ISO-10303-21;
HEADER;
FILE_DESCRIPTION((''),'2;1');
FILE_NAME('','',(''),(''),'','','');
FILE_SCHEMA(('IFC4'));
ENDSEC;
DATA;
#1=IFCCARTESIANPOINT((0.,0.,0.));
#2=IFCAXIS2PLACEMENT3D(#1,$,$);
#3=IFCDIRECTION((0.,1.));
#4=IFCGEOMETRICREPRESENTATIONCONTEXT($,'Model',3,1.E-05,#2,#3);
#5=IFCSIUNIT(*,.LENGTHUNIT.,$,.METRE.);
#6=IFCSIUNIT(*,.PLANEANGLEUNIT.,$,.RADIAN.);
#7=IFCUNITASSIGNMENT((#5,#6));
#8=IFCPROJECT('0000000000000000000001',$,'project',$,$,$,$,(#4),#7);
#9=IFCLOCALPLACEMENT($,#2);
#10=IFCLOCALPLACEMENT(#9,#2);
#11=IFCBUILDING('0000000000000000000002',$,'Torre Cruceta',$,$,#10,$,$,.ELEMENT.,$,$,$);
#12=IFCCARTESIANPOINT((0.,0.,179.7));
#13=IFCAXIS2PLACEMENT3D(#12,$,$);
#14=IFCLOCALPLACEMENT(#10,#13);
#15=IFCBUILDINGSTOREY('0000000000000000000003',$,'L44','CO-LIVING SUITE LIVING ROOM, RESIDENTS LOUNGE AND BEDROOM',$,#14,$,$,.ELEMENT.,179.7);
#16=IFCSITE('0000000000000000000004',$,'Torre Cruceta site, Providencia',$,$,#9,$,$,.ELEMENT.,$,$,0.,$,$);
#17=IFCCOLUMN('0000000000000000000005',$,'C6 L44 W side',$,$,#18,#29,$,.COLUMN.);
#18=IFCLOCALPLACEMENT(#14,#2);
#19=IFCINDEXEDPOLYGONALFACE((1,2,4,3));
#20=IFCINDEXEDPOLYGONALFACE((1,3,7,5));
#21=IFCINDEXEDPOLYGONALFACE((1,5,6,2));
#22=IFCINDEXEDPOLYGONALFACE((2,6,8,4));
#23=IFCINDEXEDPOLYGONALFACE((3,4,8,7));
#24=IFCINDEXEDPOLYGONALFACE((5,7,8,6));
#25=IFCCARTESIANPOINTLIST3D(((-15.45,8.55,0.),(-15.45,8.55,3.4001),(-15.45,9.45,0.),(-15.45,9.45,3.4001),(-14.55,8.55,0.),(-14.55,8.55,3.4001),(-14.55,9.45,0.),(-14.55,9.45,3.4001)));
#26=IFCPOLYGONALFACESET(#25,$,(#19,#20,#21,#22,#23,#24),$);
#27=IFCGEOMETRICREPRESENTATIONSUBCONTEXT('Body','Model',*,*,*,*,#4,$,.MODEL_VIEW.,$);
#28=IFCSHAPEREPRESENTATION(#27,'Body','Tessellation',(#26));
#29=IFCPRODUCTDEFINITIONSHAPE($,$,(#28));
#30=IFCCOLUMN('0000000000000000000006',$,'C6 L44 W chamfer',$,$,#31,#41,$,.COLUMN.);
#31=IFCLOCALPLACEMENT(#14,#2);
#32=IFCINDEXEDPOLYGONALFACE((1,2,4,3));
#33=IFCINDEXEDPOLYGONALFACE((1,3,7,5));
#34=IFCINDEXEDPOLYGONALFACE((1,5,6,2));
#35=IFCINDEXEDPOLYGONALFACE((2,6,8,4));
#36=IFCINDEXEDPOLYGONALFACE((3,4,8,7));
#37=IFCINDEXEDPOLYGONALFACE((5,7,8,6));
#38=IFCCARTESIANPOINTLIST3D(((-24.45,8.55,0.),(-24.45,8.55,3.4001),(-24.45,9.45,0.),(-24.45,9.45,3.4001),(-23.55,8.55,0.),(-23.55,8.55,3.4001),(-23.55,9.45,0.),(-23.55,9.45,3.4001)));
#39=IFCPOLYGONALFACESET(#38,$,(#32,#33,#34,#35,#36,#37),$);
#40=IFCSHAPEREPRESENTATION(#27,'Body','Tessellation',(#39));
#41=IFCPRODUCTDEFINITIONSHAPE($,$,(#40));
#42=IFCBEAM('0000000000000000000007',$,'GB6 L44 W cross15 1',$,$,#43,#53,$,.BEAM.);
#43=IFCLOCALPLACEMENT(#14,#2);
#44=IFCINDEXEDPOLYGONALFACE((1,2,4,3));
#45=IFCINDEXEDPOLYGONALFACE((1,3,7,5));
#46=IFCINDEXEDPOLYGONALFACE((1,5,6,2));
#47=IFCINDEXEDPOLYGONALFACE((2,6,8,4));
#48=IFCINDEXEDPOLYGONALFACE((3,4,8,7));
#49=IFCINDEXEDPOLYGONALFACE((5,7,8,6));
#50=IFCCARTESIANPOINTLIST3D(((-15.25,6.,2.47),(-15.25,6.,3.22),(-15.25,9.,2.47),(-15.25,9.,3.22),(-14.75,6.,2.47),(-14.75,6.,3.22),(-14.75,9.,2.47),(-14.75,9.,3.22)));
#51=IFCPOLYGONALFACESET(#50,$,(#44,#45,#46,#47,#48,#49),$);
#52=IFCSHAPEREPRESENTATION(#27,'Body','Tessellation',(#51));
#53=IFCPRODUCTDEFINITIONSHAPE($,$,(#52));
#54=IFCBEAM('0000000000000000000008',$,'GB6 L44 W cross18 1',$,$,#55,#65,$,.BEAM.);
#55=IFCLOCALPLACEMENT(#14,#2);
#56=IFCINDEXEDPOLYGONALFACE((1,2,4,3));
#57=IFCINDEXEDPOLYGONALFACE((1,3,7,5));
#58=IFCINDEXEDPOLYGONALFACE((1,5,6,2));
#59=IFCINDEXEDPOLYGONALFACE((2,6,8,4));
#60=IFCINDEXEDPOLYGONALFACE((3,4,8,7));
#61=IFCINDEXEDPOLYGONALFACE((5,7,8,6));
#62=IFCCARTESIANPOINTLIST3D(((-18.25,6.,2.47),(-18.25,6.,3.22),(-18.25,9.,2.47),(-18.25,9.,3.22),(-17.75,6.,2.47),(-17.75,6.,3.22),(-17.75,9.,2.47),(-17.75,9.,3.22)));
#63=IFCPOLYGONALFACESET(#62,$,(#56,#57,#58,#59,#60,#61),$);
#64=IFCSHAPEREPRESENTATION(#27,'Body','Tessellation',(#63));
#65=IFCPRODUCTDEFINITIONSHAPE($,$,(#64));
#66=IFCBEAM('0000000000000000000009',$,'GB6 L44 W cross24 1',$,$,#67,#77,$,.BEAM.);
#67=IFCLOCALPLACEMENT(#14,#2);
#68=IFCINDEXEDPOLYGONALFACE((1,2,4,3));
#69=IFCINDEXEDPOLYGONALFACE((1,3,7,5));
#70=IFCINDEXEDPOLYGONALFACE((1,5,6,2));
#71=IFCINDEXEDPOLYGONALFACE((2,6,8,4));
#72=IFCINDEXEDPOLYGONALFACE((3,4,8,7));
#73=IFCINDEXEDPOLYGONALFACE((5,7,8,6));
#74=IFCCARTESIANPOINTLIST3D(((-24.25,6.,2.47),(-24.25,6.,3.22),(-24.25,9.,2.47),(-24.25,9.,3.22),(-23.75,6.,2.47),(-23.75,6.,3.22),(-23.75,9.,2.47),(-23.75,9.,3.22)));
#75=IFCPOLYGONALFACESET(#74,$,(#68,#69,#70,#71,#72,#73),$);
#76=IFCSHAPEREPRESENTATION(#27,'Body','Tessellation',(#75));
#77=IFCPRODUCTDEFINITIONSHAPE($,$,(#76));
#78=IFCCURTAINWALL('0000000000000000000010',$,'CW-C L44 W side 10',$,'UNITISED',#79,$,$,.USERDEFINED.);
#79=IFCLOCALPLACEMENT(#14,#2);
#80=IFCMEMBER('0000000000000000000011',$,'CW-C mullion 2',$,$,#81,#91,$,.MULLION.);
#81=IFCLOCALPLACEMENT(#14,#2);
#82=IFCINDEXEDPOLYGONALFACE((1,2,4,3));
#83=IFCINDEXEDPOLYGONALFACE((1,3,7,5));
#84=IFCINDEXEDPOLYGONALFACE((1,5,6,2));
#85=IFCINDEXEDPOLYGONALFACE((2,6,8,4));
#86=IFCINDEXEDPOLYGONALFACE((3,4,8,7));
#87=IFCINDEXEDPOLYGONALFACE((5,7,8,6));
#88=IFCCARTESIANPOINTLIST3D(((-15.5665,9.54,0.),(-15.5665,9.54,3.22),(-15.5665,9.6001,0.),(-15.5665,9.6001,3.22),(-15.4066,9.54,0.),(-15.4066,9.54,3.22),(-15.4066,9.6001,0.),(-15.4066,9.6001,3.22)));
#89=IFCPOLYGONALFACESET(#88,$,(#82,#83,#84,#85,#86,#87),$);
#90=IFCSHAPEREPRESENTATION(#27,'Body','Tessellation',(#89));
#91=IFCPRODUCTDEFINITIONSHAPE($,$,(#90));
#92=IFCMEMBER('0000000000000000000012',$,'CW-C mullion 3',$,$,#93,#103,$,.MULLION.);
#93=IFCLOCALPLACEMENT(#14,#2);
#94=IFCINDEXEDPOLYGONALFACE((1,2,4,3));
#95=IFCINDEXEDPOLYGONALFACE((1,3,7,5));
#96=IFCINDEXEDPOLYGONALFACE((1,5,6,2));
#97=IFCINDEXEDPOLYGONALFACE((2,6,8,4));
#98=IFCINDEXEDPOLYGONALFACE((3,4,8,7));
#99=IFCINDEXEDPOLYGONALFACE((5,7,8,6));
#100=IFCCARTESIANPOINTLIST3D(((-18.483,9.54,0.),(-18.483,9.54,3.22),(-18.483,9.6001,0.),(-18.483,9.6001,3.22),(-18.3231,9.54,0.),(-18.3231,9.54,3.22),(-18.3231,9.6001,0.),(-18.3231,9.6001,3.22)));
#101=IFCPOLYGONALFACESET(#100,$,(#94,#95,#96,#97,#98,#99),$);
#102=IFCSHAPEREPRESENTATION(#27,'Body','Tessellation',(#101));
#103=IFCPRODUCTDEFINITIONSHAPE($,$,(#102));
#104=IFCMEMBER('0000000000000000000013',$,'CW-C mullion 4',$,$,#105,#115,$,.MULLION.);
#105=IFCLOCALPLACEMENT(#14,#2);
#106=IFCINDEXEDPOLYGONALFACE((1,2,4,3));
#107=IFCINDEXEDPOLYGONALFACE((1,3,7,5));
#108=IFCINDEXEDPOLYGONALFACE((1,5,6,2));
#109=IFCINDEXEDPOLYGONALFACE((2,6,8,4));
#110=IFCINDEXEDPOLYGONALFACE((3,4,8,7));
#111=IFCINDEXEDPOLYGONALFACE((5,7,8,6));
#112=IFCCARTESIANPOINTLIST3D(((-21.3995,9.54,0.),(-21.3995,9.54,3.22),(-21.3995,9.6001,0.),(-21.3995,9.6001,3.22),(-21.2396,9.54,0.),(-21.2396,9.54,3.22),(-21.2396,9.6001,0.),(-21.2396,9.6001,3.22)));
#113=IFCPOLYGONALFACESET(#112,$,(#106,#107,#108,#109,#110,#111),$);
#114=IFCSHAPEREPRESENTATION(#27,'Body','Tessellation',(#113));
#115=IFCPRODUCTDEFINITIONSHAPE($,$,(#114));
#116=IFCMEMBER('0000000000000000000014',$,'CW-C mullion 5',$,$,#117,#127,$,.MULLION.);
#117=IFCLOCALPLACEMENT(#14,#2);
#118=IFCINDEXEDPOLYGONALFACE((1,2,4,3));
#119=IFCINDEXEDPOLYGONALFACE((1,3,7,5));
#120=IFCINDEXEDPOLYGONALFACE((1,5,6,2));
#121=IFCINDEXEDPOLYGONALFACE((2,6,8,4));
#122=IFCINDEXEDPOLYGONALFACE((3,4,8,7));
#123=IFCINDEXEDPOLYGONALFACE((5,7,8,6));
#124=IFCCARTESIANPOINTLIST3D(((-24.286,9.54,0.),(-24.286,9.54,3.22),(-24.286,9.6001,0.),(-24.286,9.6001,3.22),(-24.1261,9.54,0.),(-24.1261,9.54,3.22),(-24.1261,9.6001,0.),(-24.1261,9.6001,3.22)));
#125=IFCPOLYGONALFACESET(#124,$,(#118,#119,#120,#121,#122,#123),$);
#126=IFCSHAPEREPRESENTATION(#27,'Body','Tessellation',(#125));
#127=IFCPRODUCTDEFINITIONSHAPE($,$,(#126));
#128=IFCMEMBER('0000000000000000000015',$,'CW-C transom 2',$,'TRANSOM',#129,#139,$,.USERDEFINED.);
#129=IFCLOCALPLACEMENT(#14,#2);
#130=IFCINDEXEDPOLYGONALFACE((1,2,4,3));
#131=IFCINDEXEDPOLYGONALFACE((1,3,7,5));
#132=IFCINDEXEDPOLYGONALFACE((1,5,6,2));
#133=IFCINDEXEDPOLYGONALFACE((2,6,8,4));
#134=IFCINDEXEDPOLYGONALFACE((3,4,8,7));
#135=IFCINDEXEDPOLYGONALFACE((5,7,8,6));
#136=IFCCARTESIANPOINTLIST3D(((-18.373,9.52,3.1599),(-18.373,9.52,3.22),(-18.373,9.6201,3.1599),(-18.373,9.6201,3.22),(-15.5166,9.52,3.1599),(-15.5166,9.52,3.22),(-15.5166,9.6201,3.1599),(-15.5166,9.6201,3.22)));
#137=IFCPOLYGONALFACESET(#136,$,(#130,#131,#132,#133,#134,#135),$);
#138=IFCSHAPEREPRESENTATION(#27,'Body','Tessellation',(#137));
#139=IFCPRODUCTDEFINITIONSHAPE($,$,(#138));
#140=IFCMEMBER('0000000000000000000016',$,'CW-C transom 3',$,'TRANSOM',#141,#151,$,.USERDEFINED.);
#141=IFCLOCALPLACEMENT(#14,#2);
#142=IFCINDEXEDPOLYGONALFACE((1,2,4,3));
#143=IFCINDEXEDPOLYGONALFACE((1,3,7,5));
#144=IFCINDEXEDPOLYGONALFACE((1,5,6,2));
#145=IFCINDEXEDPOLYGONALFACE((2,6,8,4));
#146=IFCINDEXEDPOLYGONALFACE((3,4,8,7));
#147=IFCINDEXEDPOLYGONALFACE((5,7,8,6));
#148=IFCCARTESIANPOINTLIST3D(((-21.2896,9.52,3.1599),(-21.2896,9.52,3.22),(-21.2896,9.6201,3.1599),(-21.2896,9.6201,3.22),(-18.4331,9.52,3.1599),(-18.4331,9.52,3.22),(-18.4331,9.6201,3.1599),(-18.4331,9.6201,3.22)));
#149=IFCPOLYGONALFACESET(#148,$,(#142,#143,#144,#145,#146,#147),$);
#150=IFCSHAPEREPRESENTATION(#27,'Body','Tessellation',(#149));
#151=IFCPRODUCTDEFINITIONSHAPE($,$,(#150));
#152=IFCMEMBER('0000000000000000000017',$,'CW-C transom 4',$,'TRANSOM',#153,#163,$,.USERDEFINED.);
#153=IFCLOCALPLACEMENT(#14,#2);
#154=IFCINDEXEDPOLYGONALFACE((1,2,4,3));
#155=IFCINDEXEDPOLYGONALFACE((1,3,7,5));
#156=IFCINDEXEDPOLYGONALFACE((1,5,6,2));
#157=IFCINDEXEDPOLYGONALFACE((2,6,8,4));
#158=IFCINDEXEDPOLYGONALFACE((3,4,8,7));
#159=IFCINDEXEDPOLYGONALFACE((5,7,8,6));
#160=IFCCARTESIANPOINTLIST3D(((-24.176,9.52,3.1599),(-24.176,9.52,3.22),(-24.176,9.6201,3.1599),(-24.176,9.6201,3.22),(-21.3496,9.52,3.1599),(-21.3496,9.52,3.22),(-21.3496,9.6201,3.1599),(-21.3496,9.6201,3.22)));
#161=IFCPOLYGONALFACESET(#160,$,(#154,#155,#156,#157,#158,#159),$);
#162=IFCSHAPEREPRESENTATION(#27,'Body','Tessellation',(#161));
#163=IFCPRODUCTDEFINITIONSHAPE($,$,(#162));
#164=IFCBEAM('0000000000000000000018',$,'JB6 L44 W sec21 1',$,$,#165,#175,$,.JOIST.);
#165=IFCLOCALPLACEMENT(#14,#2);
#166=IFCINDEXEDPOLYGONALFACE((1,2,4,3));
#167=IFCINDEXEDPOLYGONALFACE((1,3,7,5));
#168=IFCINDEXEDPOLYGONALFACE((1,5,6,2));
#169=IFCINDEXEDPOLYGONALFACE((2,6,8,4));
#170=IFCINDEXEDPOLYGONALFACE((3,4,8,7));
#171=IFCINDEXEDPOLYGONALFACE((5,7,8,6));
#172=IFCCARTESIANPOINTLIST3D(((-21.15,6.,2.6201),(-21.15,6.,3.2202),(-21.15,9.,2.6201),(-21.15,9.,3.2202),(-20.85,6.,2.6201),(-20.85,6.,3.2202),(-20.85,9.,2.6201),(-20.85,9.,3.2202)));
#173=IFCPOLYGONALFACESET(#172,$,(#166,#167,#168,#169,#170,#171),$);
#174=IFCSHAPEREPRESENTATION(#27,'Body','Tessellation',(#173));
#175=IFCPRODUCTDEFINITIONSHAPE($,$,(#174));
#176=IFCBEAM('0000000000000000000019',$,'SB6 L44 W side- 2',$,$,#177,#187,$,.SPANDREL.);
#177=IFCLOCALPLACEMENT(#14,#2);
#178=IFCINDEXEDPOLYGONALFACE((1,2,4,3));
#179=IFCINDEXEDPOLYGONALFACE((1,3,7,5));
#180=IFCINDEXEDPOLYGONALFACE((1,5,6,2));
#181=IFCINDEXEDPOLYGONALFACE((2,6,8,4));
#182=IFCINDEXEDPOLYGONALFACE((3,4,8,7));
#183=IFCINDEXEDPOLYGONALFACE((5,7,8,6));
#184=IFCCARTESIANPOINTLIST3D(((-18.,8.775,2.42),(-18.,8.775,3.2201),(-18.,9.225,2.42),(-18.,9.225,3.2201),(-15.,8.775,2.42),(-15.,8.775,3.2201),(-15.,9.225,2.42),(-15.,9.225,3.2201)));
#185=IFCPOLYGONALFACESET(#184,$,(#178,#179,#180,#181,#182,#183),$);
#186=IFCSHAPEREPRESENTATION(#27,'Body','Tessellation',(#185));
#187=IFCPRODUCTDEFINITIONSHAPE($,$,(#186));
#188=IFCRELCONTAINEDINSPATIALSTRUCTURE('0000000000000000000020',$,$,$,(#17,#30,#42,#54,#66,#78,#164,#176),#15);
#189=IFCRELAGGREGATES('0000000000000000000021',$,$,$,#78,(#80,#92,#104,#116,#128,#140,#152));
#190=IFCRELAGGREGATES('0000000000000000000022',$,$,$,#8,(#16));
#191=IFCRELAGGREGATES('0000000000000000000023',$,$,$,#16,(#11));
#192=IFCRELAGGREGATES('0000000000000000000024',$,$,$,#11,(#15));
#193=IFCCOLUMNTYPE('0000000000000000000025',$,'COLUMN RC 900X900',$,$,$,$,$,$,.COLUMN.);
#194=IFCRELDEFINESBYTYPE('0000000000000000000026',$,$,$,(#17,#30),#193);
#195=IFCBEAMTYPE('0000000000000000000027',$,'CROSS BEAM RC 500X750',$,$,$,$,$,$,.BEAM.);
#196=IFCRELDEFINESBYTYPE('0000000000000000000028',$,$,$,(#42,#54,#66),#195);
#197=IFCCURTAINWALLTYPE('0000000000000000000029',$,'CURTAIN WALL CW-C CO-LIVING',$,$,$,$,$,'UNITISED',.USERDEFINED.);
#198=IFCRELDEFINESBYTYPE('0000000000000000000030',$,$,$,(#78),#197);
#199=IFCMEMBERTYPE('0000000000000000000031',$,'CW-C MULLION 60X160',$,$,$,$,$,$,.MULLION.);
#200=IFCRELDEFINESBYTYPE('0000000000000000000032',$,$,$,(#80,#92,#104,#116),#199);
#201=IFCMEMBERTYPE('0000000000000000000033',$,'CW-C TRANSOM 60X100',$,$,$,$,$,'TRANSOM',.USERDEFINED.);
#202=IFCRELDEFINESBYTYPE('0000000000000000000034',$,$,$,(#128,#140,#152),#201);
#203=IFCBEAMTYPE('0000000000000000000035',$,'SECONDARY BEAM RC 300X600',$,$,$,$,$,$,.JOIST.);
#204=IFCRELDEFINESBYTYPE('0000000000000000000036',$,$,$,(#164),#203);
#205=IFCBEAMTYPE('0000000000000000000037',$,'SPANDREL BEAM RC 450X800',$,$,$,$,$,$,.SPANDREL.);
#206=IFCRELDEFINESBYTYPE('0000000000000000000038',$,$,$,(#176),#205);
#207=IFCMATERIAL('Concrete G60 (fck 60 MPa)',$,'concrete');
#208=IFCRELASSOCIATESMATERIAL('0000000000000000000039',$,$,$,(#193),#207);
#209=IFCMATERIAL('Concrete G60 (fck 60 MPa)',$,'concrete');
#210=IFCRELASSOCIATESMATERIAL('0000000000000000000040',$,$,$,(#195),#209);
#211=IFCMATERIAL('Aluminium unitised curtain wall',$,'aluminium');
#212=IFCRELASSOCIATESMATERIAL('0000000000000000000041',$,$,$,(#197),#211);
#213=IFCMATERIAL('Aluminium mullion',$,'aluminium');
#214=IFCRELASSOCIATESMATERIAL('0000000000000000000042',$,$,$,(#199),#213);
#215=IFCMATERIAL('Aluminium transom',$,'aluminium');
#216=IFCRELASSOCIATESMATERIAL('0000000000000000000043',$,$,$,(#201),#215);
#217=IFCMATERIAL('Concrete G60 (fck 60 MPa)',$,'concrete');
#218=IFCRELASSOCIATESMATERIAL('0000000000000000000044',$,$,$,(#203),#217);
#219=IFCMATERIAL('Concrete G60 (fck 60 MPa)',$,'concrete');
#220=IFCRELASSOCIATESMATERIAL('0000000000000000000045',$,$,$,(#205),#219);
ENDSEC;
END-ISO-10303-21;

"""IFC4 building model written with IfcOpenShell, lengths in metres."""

from ifc_helpers import new_model, si_unit, direction, frame, origin, origin_2d, place, context, subcontext, project, spatial, rectangle, extrude, material, material_profile, profile_set, type_object, element, aggregate, save


model = new_model("IFC4")

# Units and contexts
model_context = context("Model", 3, precision=1e-05, world=origin(), true_north=direction((0.0, 1.0)))
body_context = subcontext(model_context, "Body", "Model", "MODEL_VIEW")
ifc_project = project(units=[si_unit("LENGTHUNIT", "METRE"), si_unit("PLANEANGLEUNIT", "RADIAN")], contexts=[model_context])

# Site, building, storey
site_placement = place(None, origin())
site = spatial("IfcSite", under=ifc_project, at=site_placement, Name="Torre Cruceta site, Providencia", CompositionType="ELEMENT", RefElevation=0.0)
building_placement = place(site_placement, origin())
building = spatial("IfcBuilding", under=site, at=building_placement, Name="Torre Cruceta", CompositionType="ELEMENT")
storey_placement = place(building_placement, frame((0.0, 0.0, 179.7)))
storey = spatial("IfcBuildingStorey", under=building, at=storey_placement, Name="L44", Description="CO-LIVING SUITE LIVING ROOM, RESIDENTS LOUNGE AND BEDROOM", CompositionType="ELEMENT", Elevation=179.7)

# Columns
ifc_material_1 = material(Name="Concrete G60 (fck 60 MPa)", Category="concrete")
ifc_material_profile_1 = material_profile(ifc_material_1, rectangle(XDim=0.8999, YDim=0.8999, at=origin_2d()), Name="RC 900X900")
ifc_profile_set_1 = profile_set([ifc_material_profile_1], Name="Concrete G60 (fck 60 MPa)")
column_type = type_object("IfcColumnType", Name="COLUMN RC 900X900", PredefinedType="COLUMN", material=ifc_profile_set_1)
for number, where, z_axis, x_axis, name in (
    (1, (-15.0, 9.0, 0.0), (0.0, 0.0, 1.0), (1.0, 0.0, 0.0), "C6 L44 W side"),
    (2, (-24.0, 9.0, 0.0), (0.0, 0.0, 1.0), (1.0, 0.0, 0.0), "C6 L44 W chamfer"),
):
    element("IfcColumn", number, at=place(storey_placement, frame(where, z_axis=z_axis, x_axis=x_axis)), inside=storey, type_object=column_type, Name=name, PredefinedType="COLUMN", context=body_context, shape_type="SweptSolid", body=[
        extrude(rectangle(XDim=0.8999, YDim=0.8999, at=origin_2d()), origin(), (0.0, 0.0, 1.0), 3.4001),
    ])

# Beams
ifc_material_2 = material(Name="Concrete G60 (fck 60 MPa)", Category="concrete")
ifc_material_profile_2 = material_profile(ifc_material_2, rectangle(XDim=0.5, YDim=0.75, at=origin_2d()), Name="RC 500X750")
ifc_profile_set_2 = profile_set([ifc_material_profile_2], Name="Concrete G60 (fck 60 MPa)")
beam_type_1 = type_object("IfcBeamType", Name="CROSS BEAM RC 500X750", PredefinedType="BEAM", material=ifc_profile_set_2)
for number, where, z_axis, x_axis, name in (
    (3, (-15.0, 9.0, 2.845), (0.0, -1.0, 0.0), (1.0, 0.0, 0.0), "GB6 L44 W cross15 1"),
    (4, (-18.0, 9.0, 2.845), (0.0, -1.0, 0.0), (1.0, 0.0, 0.0), "GB6 L44 W cross18 1"),
    (5, (-24.0, 9.0, 2.845), (0.0, -1.0, 0.0), (1.0, 0.0, 0.0), "GB6 L44 W cross24 1"),
):
    element("IfcBeam", number, at=place(storey_placement, frame(where, z_axis=z_axis, x_axis=x_axis)), inside=storey, type_object=beam_type_1, Name=name, PredefinedType="BEAM", context=body_context, shape_type="SweptSolid", body=[
        extrude(rectangle(XDim=0.5, YDim=0.75, at=origin_2d()), origin(), (0.0, 0.0, 1.0), 3.0),
    ])

# Curtain wall, members
ifc_material_3 = material(Name="Aluminium unitised curtain wall", Category="aluminium")
curtain_wall_type = type_object("IfcCurtainWallType", Name="CURTAIN WALL CW-C CO-LIVING", ElementType="UNITISED", PredefinedType="USERDEFINED", material=ifc_material_3)
curtain_wall_placement = place(storey_placement, origin())
curtain_wall = element("IfcCurtainWall", 6, at=curtain_wall_placement, inside=storey, type_object=curtain_wall_type, Name="CW-C L44 W side 10", ObjectType="UNITISED", PredefinedType="USERDEFINED")
ifc_material_4 = material(Name="Aluminium mullion", Category="aluminium")
ifc_material_profile_3 = material_profile(ifc_material_4, rectangle(XDim=0.0601, YDim=0.1599, at=origin_2d()), Name="AL 60X160")
ifc_profile_set_3 = profile_set([ifc_material_profile_3], Name="Aluminium mullion")
member_type_1 = type_object("IfcMemberType", Name="CW-C MULLION 60X160", PredefinedType="MULLION", material=ifc_profile_set_3)
member_1_placement = place(storey_placement, frame((-15.4866, 9.5701, 0.0), z_axis=(0.0, 0.0, 1.0), x_axis=(0.0, -1.0, 0.0)))
member_1 = element("IfcMember", 7, at=member_1_placement, type_object=member_type_1, Name="CW-C mullion 2", PredefinedType="MULLION", context=body_context, shape_type="SweptSolid", body=[
    extrude(rectangle(XDim=0.0601, YDim=0.1599, at=origin_2d()), origin(), (0.0, 0.0, 1.0), 3.22),
])
member_2_placement = place(storey_placement, frame((-18.4031, 9.5701, 0.0), z_axis=(0.0, 0.0, 1.0), x_axis=(0.0, -1.0, 0.0)))
member_2 = element("IfcMember", 8, at=member_2_placement, type_object=member_type_1, Name="CW-C mullion 3", PredefinedType="MULLION", context=body_context, shape_type="SweptSolid", body=[
    extrude(rectangle(XDim=0.0601, YDim=0.1599, at=origin_2d()), origin(), (0.0, 0.0, 1.0), 3.22),
])
member_3_placement = place(storey_placement, frame((-21.3196, 9.5701, 0.0), z_axis=(0.0, 0.0, 1.0), x_axis=(0.0, -1.0, 0.0)))
member_3 = element("IfcMember", 9, at=member_3_placement, type_object=member_type_1, Name="CW-C mullion 4", PredefinedType="MULLION", context=body_context, shape_type="SweptSolid", body=[
    extrude(rectangle(XDim=0.0601, YDim=0.1599, at=origin_2d()), origin(), (0.0, 0.0, 1.0), 3.22),
])
member_4_placement = place(storey_placement, frame((-24.2061, 9.5701, 0.0), z_axis=(0.0, 0.0, 1.0), x_axis=(0.0, -1.0, 0.0)))
member_4 = element("IfcMember", 10, at=member_4_placement, type_object=member_type_1, Name="CW-C mullion 5", PredefinedType="MULLION", context=body_context, shape_type="SweptSolid", body=[
    extrude(rectangle(XDim=0.0601, YDim=0.1599, at=origin_2d()), origin(), (0.0, 0.0, 1.0), 3.22),
])
ifc_material_5 = material(Name="Aluminium transom", Category="aluminium")
ifc_material_profile_4 = material_profile(ifc_material_5, rectangle(XDim=0.1001, YDim=0.0601, at=origin_2d()), Name="AL 100X60")
ifc_profile_set_4 = profile_set([ifc_material_profile_4], Name="Aluminium transom")
member_type_2 = type_object("IfcMemberType", Name="CW-C TRANSOM 60X100", ElementType="TRANSOM", PredefinedType="USERDEFINED", material=ifc_profile_set_4)
member_5_placement = place(storey_placement, frame((-15.5166, 9.5701, 3.1899), z_axis=(-1.0, 0.0, 0.0), x_axis=(0.0, -1.0, 0.0)))
member_5 = element("IfcMember", 11, at=member_5_placement, type_object=member_type_2, Name="CW-C transom 2", ObjectType="TRANSOM", PredefinedType="USERDEFINED", context=body_context, shape_type="SweptSolid", body=[
    extrude(rectangle(XDim=0.1001, YDim=0.0601, at=origin_2d()), origin(), (0.0, 0.0, 1.0), 2.8564),
])
member_6_placement = place(storey_placement, frame((-18.4331, 9.5701, 3.1899), z_axis=(-1.0, 0.0, 0.0), x_axis=(0.0, -1.0, 0.0)))
member_6 = element("IfcMember", 12, at=member_6_placement, type_object=member_type_2, Name="CW-C transom 3", ObjectType="TRANSOM", PredefinedType="USERDEFINED", context=body_context, shape_type="SweptSolid", body=[
    extrude(rectangle(XDim=0.1001, YDim=0.0601, at=origin_2d()), origin(), (0.0, 0.0, 1.0), 2.8564),
])
member_7_placement = place(storey_placement, frame((-21.3496, 9.5701, 3.1899), z_axis=(-1.0, 0.0, 0.0), x_axis=(0.0, -1.0, 0.0)))
member_7 = element("IfcMember", 13, at=member_7_placement, type_object=member_type_2, Name="CW-C transom 4", ObjectType="TRANSOM", PredefinedType="USERDEFINED", context=body_context, shape_type="SweptSolid", body=[
    extrude(rectangle(XDim=0.1001, YDim=0.0601, at=origin_2d()), origin(), (0.0, 0.0, 1.0), 2.8264),
])

# Beams
ifc_material_6 = material(Name="Concrete G60 (fck 60 MPa)", Category="concrete")
ifc_material_profile_5 = material_profile(ifc_material_6, rectangle(XDim=0.3, YDim=0.6001, at=origin_2d()), Name="RC 300X600")
ifc_profile_set_5 = profile_set([ifc_material_profile_5], Name="Concrete G60 (fck 60 MPa)")
beam_type_2 = type_object("IfcBeamType", Name="SECONDARY BEAM RC 300X600", PredefinedType="JOIST", material=ifc_profile_set_5)
beam_1_placement = place(storey_placement, frame((-21.0, 9.0, 2.9202), z_axis=(0.0, -1.0, 0.0), x_axis=(1.0, 0.0, 0.0)))
element("IfcBeam", 14, at=beam_1_placement, inside=storey, type_object=beam_type_2, Name="JB6 L44 W sec21 1", PredefinedType="JOIST", context=body_context, shape_type="SweptSolid", body=[
    extrude(rectangle(XDim=0.3, YDim=0.6001, at=origin_2d()), origin(), (0.0, 0.0, 1.0), 3.0),
])
ifc_material_7 = material(Name="Concrete G60 (fck 60 MPa)", Category="concrete")
ifc_material_profile_6 = material_profile(ifc_material_7, rectangle(XDim=0.45, YDim=0.8, at=origin_2d()), Name="RC 450X800")
ifc_profile_set_6 = profile_set([ifc_material_profile_6], Name="Concrete G60 (fck 60 MPa)")
beam_type_3 = type_object("IfcBeamType", Name="SPANDREL BEAM RC 450X800", PredefinedType="SPANDREL", material=ifc_profile_set_6)
for number, where, z_axis, x_axis, name in (
    (15, (-15.0, 9.0, 2.8201), (-1.0, 0.0, 0.0), (0.0, -1.0, 0.0), "SB6 L44 W side- 2"),
):
    element("IfcBeam", number, at=place(storey_placement, frame(where, z_axis=z_axis, x_axis=x_axis)), inside=storey, type_object=beam_type_3, Name=name, PredefinedType="SPANDREL", context=body_context, shape_type="SweptSolid", body=[
        extrude(rectangle(XDim=0.45, YDim=0.8, at=origin_2d()), origin(), (0.0, 0.0, 1.0), 3.0),
    ])

aggregate(curtain_wall, [member_1, member_2, member_3, member_4, member_5, member_6, member_7])

save(model, "model.ifc")
